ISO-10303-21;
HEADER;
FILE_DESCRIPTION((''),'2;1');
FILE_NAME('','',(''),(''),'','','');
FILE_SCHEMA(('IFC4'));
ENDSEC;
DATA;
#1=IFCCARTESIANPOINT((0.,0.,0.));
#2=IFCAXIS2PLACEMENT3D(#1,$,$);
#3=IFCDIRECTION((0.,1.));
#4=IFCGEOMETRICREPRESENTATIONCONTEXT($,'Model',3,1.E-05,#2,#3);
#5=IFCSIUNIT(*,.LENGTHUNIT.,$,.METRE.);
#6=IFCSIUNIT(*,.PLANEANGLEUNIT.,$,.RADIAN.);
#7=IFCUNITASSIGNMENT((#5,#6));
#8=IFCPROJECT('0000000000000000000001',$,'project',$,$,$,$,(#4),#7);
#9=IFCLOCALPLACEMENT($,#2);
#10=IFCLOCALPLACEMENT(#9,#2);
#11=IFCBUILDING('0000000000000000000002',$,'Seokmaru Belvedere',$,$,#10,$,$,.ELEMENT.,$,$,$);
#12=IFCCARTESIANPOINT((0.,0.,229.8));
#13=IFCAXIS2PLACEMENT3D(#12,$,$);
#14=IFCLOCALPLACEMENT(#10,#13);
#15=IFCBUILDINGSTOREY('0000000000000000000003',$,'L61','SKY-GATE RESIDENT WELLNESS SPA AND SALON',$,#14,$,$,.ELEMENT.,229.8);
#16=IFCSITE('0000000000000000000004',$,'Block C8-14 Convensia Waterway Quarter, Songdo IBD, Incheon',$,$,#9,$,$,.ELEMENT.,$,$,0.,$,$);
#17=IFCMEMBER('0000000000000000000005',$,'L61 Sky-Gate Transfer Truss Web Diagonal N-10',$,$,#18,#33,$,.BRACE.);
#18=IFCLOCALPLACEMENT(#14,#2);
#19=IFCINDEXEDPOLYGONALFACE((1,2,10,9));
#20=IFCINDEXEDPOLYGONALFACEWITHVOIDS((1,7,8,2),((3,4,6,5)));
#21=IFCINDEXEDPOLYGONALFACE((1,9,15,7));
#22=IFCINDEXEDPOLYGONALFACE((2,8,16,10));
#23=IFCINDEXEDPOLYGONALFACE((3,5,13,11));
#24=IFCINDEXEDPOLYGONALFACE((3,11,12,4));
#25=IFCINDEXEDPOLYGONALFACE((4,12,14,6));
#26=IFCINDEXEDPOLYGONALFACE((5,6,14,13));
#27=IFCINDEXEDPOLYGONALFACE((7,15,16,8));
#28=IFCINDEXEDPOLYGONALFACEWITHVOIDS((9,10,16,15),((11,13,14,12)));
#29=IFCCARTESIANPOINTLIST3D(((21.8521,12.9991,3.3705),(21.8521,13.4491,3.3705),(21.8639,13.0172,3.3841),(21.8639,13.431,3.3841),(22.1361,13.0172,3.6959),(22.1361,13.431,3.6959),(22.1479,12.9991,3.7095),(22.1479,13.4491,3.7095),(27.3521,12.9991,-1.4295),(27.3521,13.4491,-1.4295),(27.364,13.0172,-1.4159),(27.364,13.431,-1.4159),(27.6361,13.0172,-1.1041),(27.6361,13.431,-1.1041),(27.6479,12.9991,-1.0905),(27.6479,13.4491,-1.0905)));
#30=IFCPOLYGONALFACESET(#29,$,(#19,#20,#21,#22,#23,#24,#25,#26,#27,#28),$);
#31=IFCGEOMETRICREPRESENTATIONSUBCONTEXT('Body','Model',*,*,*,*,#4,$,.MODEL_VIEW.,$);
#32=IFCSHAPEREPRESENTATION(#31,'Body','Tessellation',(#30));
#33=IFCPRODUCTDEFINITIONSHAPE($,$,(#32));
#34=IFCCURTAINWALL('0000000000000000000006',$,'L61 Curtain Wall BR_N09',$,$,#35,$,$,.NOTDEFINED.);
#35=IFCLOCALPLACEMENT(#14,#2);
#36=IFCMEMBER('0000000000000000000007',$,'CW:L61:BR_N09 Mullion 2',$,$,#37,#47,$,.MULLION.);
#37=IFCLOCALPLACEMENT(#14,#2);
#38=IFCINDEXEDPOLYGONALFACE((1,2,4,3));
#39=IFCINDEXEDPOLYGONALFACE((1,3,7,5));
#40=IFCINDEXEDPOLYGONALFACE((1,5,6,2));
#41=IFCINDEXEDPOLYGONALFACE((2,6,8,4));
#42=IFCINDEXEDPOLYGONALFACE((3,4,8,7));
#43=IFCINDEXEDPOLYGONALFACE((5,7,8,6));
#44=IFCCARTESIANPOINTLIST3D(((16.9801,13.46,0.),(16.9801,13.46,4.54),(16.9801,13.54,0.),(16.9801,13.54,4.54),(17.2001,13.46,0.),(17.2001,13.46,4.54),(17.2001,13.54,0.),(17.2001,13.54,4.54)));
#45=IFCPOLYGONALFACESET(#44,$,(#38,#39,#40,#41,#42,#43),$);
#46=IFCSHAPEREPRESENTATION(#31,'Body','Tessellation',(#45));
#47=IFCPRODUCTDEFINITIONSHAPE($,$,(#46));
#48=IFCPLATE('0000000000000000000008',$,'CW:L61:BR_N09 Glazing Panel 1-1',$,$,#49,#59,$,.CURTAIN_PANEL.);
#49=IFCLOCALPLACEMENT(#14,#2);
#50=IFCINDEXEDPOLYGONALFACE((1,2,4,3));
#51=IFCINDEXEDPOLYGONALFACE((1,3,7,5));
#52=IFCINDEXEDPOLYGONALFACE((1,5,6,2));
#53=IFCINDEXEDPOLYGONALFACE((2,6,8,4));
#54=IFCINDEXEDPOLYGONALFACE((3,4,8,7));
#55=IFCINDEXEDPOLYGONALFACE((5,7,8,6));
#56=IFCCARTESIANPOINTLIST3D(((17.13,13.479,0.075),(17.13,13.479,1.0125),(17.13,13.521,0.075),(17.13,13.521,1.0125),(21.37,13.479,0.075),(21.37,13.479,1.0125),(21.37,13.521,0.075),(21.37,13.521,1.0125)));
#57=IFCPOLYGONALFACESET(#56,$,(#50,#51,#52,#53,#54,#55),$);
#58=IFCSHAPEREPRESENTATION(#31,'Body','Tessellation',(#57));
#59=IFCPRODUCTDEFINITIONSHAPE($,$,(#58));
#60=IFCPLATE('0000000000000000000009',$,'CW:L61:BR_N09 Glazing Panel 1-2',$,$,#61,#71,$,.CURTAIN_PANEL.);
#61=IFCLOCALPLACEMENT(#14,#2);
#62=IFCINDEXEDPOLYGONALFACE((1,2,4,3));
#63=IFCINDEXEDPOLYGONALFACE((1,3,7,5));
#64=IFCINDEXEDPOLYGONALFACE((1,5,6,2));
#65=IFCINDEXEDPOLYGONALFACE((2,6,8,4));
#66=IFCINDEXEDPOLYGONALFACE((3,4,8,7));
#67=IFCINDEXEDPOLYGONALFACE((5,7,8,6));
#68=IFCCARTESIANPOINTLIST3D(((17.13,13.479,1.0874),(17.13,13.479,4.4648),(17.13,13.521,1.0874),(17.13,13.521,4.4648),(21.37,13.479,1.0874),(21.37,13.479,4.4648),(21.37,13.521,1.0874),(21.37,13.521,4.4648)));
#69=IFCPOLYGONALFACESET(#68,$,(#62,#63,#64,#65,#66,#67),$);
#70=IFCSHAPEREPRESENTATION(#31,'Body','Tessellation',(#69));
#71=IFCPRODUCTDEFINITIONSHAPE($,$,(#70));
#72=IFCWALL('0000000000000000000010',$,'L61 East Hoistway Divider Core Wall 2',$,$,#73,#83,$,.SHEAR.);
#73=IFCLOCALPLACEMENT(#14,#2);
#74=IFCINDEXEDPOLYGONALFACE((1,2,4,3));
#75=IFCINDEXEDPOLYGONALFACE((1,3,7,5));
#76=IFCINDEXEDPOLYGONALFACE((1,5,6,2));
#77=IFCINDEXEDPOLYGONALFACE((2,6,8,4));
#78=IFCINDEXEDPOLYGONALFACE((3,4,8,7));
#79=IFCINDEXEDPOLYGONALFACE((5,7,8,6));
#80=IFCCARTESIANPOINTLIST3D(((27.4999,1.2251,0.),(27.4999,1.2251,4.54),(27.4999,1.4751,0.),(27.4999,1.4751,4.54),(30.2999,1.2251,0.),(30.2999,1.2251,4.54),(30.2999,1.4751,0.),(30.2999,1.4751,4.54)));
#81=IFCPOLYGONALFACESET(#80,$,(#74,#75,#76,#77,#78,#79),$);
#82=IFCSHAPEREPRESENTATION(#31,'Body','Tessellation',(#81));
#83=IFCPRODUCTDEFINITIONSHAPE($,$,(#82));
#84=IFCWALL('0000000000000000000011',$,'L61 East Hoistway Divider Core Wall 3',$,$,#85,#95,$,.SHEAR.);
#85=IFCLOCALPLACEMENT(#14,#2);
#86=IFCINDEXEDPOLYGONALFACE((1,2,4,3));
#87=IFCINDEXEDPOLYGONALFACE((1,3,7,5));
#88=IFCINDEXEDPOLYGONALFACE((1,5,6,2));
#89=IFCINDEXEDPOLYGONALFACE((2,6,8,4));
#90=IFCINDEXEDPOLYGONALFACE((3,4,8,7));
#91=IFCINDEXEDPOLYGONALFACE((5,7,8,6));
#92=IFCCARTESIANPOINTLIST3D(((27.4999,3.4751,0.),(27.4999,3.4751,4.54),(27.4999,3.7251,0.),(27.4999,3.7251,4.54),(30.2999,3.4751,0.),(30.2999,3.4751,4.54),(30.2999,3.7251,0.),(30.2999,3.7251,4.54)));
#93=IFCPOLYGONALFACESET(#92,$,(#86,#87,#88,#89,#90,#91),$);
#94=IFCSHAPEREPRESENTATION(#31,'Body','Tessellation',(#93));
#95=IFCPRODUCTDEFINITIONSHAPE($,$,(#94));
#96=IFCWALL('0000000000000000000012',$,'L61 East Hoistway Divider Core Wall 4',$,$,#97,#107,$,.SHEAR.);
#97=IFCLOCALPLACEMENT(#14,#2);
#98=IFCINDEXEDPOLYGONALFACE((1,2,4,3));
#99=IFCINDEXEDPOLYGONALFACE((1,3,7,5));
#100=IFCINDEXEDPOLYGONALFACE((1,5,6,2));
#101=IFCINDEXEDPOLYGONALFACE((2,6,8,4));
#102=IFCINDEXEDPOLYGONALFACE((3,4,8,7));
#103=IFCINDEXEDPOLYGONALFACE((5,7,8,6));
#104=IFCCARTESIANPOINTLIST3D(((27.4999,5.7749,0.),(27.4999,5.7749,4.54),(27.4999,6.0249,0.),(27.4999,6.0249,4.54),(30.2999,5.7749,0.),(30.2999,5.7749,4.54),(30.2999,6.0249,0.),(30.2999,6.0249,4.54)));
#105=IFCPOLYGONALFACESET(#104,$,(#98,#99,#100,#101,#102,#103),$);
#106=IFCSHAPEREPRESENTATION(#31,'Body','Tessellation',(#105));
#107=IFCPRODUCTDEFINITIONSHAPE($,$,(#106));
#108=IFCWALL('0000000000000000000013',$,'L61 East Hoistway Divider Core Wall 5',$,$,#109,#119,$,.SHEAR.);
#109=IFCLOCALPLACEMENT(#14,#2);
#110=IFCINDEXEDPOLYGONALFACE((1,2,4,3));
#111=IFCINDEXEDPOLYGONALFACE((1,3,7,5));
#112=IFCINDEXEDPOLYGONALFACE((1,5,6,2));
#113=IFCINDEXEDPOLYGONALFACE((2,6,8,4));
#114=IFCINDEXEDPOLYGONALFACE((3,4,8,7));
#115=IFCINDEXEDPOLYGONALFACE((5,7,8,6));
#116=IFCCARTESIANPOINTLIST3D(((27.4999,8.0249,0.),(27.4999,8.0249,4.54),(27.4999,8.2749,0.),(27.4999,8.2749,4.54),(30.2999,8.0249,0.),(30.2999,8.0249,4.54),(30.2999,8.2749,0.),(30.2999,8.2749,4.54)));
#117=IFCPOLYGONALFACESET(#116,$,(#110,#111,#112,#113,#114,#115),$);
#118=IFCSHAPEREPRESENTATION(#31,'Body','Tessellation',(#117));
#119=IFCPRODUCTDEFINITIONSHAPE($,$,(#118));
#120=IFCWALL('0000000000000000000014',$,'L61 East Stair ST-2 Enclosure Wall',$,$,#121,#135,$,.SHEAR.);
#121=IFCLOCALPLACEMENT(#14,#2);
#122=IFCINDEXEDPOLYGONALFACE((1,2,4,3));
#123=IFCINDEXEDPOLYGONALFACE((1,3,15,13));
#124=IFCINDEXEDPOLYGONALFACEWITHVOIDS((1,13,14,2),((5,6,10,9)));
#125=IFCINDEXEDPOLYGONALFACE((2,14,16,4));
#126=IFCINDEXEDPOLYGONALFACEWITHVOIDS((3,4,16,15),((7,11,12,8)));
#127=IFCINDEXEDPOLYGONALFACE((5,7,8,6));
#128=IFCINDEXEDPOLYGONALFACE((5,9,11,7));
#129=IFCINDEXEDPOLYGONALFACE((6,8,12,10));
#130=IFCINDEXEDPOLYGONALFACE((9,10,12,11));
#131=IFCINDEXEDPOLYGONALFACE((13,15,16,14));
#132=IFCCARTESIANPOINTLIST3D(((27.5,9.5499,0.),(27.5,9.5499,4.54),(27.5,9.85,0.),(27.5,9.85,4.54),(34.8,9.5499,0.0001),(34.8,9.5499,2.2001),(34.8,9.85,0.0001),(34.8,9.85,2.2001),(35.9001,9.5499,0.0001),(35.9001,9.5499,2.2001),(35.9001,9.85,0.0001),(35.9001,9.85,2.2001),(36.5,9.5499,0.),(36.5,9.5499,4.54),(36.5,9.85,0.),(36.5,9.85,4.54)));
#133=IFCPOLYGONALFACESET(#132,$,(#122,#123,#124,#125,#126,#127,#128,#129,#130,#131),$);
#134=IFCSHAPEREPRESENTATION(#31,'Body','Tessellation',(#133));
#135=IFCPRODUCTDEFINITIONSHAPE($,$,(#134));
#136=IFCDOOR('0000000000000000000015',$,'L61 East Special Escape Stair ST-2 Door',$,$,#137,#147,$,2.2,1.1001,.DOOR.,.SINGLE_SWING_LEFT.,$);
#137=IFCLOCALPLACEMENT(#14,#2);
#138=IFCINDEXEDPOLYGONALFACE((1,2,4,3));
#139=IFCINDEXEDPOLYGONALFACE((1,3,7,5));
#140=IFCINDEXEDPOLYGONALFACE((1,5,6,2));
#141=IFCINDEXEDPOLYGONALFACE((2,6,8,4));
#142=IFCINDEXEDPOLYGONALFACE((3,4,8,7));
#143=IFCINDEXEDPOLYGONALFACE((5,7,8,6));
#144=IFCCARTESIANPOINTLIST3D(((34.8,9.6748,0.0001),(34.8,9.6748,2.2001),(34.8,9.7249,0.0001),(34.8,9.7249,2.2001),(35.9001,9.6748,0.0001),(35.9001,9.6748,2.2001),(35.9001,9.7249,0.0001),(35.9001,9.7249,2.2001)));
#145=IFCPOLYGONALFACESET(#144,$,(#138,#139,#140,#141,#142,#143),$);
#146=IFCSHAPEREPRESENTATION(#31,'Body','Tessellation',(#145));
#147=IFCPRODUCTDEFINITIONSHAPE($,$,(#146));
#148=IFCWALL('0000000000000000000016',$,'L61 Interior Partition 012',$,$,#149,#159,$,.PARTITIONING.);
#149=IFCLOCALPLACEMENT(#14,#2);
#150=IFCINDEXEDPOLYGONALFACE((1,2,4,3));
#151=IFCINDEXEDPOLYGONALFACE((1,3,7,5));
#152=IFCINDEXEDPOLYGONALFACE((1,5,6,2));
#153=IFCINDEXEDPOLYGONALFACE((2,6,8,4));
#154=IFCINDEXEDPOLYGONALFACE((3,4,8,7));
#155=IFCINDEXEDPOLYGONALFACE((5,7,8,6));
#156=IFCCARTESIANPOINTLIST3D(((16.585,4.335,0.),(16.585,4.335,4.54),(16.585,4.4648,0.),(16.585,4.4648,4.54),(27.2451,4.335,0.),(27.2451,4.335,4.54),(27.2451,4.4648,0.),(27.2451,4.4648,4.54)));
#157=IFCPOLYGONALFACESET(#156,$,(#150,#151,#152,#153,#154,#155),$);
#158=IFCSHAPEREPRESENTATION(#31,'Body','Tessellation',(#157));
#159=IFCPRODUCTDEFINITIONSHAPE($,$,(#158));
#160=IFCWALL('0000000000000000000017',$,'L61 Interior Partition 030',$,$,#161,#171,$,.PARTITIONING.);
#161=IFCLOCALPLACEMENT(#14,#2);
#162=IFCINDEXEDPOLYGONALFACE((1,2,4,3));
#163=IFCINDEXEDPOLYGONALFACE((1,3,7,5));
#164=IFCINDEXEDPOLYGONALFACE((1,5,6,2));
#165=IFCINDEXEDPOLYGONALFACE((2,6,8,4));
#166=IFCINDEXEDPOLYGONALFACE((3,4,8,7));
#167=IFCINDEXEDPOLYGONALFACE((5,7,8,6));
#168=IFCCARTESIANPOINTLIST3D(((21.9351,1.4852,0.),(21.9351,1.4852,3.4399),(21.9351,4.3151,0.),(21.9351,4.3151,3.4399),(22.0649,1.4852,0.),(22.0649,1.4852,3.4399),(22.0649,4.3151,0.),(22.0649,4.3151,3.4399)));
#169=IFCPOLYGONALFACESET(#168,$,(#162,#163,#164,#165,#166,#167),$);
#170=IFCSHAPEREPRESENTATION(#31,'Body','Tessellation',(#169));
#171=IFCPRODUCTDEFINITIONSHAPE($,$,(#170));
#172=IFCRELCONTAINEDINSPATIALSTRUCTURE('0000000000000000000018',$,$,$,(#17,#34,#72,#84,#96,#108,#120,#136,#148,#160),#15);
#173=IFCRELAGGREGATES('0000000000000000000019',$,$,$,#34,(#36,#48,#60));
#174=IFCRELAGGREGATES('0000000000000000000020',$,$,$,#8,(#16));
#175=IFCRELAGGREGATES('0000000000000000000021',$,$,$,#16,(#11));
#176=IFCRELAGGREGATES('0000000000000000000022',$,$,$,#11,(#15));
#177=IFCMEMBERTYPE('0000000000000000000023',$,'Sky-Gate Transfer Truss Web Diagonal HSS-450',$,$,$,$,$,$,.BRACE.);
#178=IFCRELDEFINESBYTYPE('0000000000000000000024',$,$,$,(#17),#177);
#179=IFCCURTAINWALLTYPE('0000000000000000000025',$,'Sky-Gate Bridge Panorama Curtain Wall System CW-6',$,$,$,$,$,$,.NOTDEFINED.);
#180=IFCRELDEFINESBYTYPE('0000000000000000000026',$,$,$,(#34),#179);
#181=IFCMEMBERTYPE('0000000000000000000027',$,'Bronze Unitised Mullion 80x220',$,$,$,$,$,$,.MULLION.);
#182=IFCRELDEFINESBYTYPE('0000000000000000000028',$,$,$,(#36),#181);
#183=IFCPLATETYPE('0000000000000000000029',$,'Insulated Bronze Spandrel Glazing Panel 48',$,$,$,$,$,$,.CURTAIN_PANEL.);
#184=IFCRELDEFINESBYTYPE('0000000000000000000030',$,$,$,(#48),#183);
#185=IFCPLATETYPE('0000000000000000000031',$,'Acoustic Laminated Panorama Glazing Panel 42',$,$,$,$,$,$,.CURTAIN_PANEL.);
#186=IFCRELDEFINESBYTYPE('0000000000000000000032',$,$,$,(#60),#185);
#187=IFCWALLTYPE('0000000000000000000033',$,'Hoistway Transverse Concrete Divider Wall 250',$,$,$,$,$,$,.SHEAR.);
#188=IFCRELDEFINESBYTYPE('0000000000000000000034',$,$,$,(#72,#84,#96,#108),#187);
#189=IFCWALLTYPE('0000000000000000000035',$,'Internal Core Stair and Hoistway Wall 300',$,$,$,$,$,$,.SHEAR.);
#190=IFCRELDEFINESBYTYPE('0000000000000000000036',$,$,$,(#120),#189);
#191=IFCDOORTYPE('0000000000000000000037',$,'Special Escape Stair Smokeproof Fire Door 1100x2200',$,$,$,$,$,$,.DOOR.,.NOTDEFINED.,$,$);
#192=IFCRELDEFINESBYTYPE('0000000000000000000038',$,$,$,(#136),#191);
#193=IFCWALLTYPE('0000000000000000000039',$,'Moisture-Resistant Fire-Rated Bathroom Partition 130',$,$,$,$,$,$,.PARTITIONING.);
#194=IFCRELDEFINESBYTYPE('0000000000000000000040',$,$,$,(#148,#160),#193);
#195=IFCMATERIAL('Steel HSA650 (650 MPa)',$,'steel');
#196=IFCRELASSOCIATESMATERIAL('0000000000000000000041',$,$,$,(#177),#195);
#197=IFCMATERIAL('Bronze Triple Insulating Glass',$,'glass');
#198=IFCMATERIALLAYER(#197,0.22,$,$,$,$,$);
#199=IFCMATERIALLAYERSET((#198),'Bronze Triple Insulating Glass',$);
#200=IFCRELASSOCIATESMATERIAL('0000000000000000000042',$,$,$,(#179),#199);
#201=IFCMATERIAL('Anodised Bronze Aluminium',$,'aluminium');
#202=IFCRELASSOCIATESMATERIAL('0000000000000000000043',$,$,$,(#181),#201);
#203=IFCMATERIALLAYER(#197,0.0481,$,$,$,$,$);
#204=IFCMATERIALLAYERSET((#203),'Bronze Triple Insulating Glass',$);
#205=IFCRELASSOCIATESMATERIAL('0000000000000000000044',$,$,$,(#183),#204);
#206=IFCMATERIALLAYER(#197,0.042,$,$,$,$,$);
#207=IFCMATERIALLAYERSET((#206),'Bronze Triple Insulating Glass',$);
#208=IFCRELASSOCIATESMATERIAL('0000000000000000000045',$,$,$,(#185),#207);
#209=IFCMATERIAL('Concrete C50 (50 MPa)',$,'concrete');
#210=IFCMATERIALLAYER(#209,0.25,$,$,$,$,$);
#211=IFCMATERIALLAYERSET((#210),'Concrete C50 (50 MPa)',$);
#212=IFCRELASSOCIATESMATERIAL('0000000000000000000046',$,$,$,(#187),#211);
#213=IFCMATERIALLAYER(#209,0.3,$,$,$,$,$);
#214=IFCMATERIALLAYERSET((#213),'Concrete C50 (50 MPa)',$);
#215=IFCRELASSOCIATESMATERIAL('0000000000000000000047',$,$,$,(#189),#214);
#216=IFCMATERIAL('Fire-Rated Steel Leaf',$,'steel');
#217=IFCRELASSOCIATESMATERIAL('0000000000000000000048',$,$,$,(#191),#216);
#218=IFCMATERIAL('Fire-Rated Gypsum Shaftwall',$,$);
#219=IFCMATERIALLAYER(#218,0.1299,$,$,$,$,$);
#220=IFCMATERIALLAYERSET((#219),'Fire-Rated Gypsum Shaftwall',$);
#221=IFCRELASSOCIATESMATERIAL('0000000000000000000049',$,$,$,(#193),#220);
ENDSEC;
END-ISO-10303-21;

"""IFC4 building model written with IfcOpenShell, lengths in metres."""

from ifc_helpers import new_model, si_unit, direction, frame, frame_2d, origin, origin_2d, place, context, subcontext, project, spatial, rectangle, hollow_rectangle, extrude, source, transform, mapped, material, layer, layer_set, material_profile, profile_set, type_object, type_shapes, element, fill, aggregate, save


model = new_model("IFC4")

# Units and contexts
model_context = context("Model", 3, precision=1e-05, world=origin(), true_north=direction((0.0, 1.0)))
body_context = subcontext(model_context, "Body", "Model", "MODEL_VIEW")
ifc_project = project(units=[si_unit("LENGTHUNIT", "METRE"), si_unit("PLANEANGLEUNIT", "RADIAN")], contexts=[model_context])

# Site, building, storey
site_placement = place(None, origin())
site = spatial("IfcSite", under=ifc_project, at=site_placement, Name="Block C8-14 Convensia Waterway Quarter, Songdo IBD, Incheon", CompositionType="ELEMENT", RefElevation=0.0)
building_placement = place(site_placement, origin())
building = spatial("IfcBuilding", under=site, at=building_placement, Name="Seokmaru Belvedere", CompositionType="ELEMENT")
storey_placement = place(building_placement, frame((0.0, 0.0, 229.8)))
storey = spatial("IfcBuildingStorey", under=building, at=storey_placement, Name="L61", Description="SKY-GATE RESIDENT WELLNESS SPA AND SALON", CompositionType="ELEMENT", Elevation=229.8)

# Shared definitions
ifc_material_1 = material(Name="Steel HSA650 (650 MPa)", Category="steel")

# Member
ifc_material_profile_1 = material_profile(ifc_material_1, hollow_rectangle(XDim=0.45, YDim=0.45, WallThickness=0.0181, at=origin_2d()), Name="HSS-450x450x18")
ifc_profile_set_1 = profile_set([ifc_material_profile_1], Name="Steel HSA650 (650 MPa)")
member_type_1 = type_object("IfcMemberType", Name="Sky-Gate Transfer Truss Web Diagonal HSS-450", PredefinedType="BRACE", material=ifc_profile_set_1)
shared_shape_1 = source(origin(), body_context, "Body", "SweptSolid", [
    extrude(hollow_rectangle(XDim=0.45, YDim=0.45, WallThickness=0.0181, at=origin_2d()), origin(), (0.0, 0.0, 1.0), 7.3),
])
type_shapes(member_type_1, [shared_shape_1])
member_1_placement = place(storey_placement, frame((22.0, 13.2241, 3.54), z_axis=(0.753421, 0.0, -0.657538), x_axis=(0.0, 1.0, 0.0)))
element("IfcMember", 1, at=member_1_placement, inside=storey, type_object=member_type_1, Name="L61 Sky-Gate Transfer Truss Web Diagonal N-10", PredefinedType="BRACE", context=body_context, shape_type="MappedRepresentation", body=[
    mapped(shared_shape_1, transform((0.0, 0.0, 0.0), scale=1.0)),
])

# Curtain wall, member, plates
ifc_material_2 = material(Name="Bronze Triple Insulating Glass", Category="glass")
ifc_layer_1 = layer(ifc_material_2, 0.22)
ifc_layer_set_1 = layer_set([ifc_layer_1], Name="Bronze Triple Insulating Glass")
curtain_wall_type = type_object("IfcCurtainWallType", Name="Sky-Gate Bridge Panorama Curtain Wall System CW-6", PredefinedType="NOTDEFINED", material=ifc_layer_set_1)
curtain_wall_placement = place(storey_placement, origin())
curtain_wall = element("IfcCurtainWall", 2, at=curtain_wall_placement, inside=storey, type_object=curtain_wall_type, Name="L61 Curtain Wall BR_N09", PredefinedType="NOTDEFINED")
ifc_material_3 = material(Name="Anodised Bronze Aluminium", Category="aluminium")
ifc_material_profile_2 = material_profile(ifc_material_3, rectangle(XDim=0.0801, YDim=0.22, at=origin_2d()), Name="CW-M-80x220")
ifc_profile_set_2 = profile_set([ifc_material_profile_2], Name="Anodised Bronze Aluminium")
member_type_2 = type_object("IfcMemberType", Name="Bronze Unitised Mullion 80x220", PredefinedType="MULLION", material=ifc_profile_set_2)
shared_shape_2 = source(origin(), body_context, "Body", "SweptSolid", [
    extrude(rectangle(XDim=0.0801, YDim=0.22, at=origin_2d()), origin(), (0.0, 0.0, 1.0), 4.54),
])
type_shapes(member_type_2, [shared_shape_2])
member_2_placement = place(storey_placement, frame((17.0901, 13.5, 0.0), z_axis=(0.0, 0.0, 1.0), x_axis=(0.0, -1.0, 0.0)))
member_2 = element("IfcMember", 3, at=member_2_placement, type_object=member_type_2, Name="CW:L61:BR_N09 Mullion 2", PredefinedType="MULLION", context=body_context, shape_type="MappedRepresentation", body=[
    mapped(shared_shape_2, transform((0.0, 0.0, 0.0), scale=1.0)),
])
ifc_layer_2 = layer(ifc_material_2, 0.0481)
ifc_layer_set_2 = layer_set([ifc_layer_2], Name="Bronze Triple Insulating Glass")
plate_type_1 = type_object("IfcPlateType", Name="Insulated Bronze Spandrel Glazing Panel 48", PredefinedType="CURTAIN_PANEL", material=ifc_layer_set_2)
shared_shape_3 = source(origin(), body_context, "Body", "SweptSolid", [
    extrude(rectangle(XDim=4.24, YDim=0.042, at=origin_2d()), origin(), (0.0, 0.0, 1.0), 0.9375),
])
type_shapes(plate_type_1, [shared_shape_3])
plate_1_placement = place(storey_placement, frame((19.25, 13.5, 0.075), z_axis=(0.0, 0.0, 1.0), x_axis=(-1.0, 0.0, 0.0)))
plate_1 = element("IfcPlate", 4, at=plate_1_placement, type_object=plate_type_1, Name="CW:L61:BR_N09 Glazing Panel 1-1", PredefinedType="CURTAIN_PANEL", context=body_context, shape_type="MappedRepresentation", body=[
    mapped(shared_shape_3, transform((0.0, 0.0, 0.0), scale=1.0)),
])
ifc_layer_3 = layer(ifc_material_2, 0.042)
ifc_layer_set_3 = layer_set([ifc_layer_3], Name="Bronze Triple Insulating Glass")
plate_type_2 = type_object("IfcPlateType", Name="Acoustic Laminated Panorama Glazing Panel 42", PredefinedType="CURTAIN_PANEL", material=ifc_layer_set_3)
shared_shape_4 = source(origin(), body_context, "Body", "SweptSolid", [
    extrude(rectangle(XDim=4.24, YDim=0.042, at=origin_2d()), origin(), (0.0, 0.0, 1.0), 3.3774),
])
type_shapes(plate_type_2, [shared_shape_4])
plate_2_placement = place(storey_placement, frame((19.25, 13.5, 1.0874), z_axis=(0.0, 0.0, 1.0), x_axis=(-1.0, 0.0, 0.0)))
plate_2 = element("IfcPlate", 5, at=plate_2_placement, type_object=plate_type_2, Name="CW:L61:BR_N09 Glazing Panel 1-2", PredefinedType="CURTAIN_PANEL", context=body_context, shape_type="MappedRepresentation", body=[
    mapped(shared_shape_4, transform((0.0, 0.0, 0.0), scale=1.0)),
])
aggregate(curtain_wall, [member_2, plate_1, plate_2])

# Walls
ifc_material_4 = material(Name="Concrete C50 (50 MPa)", Category="concrete")
ifc_layer_4 = layer(ifc_material_4, 0.25)
ifc_layer_set_4 = layer_set([ifc_layer_4], Name="Concrete C50 (50 MPa)")
wall_type_1 = type_object("IfcWallType", Name="Hoistway Transverse Concrete Divider Wall 250", PredefinedType="SHEAR", material=ifc_layer_set_4)
for number, where, z_axis, x_axis, name in (
    (6, (27.5, 1.3501, 0.0), (0.0, 0.0, 1.0), (1.0, 0.0, 0.0), "L61 East Hoistway Divider Core Wall 2"),
    (7, (27.5, 3.6001, 0.0), (0.0, 0.0, 1.0), (1.0, 0.0, 0.0), "L61 East Hoistway Divider Core Wall 3"),
    (8, (27.5, 5.8999, 0.0), (0.0, 0.0, 1.0), (1.0, 0.0, 0.0), "L61 East Hoistway Divider Core Wall 4"),
    (9, (27.5, 8.1499, 0.0), (0.0, 0.0, 1.0), (1.0, 0.0, 0.0), "L61 East Hoistway Divider Core Wall 5"),
):
    element("IfcWall", number, at=place(storey_placement, frame(where, z_axis=z_axis, x_axis=x_axis)), inside=storey, type_object=wall_type_1, Name=name, PredefinedType="SHEAR", context=body_context, shape_type="SweptSolid", body=[
        extrude(rectangle(XDim=2.8, YDim=0.25, at=frame_2d((1.3999, 0.0))), origin(), (0.0, 0.0, 1.0), 4.54),
    ])

# Wall, opening, door
ifc_layer_5 = layer(ifc_material_4, 0.3)
ifc_layer_set_5 = layer_set([ifc_layer_5], Name="Concrete C50 (50 MPa)")
wall_type_2 = type_object("IfcWallType", Name="Internal Core Stair and Hoistway Wall 300", PredefinedType="SHEAR", material=ifc_layer_set_5)
wall_1_placement = place(storey_placement, frame((27.5, 9.7, 0.0), z_axis=(0.0, 0.0, 1.0), x_axis=(1.0, 0.0, 0.0)))
wall_1 = element("IfcWall", 10, at=wall_1_placement, inside=storey, type_object=wall_type_2, Name="L61 East Stair ST-2 Enclosure Wall", PredefinedType="SHEAR", context=body_context, shape_type="SweptSolid", body=[
    extrude(rectangle(XDim=9.0, YDim=0.3, at=frame_2d((4.5, 0.0))), origin(), (0.0, 0.0, 1.0), 4.54),
])
opening_placement = place(wall_1_placement, frame((7.3, 0.0, 0.0)))
opening = element("IfcOpeningElement", 11, at=opening_placement, cuts=wall_1, PredefinedType="OPENING", context=body_context, shape_type="SweptSolid", body=[
    extrude(rectangle(XDim=1.1001, YDim=2.2, at=frame_2d((0.55, 1.1001))), frame((0.0, 0.1602, 0.0), z_axis=(0.0, -1.0, 0.0), x_axis=(1.0, 0.0, 0.0)), (0.0, 0.0, 1.0), 0.3201),
])
ifc_material_5 = material(Name="Fire-Rated Steel Leaf", Category="steel")
door_type = type_object("IfcDoorType", Name="Special Escape Stair Smokeproof Fire Door 1100x2200", OperationType="NOTDEFINED", PredefinedType="DOOR", material=ifc_material_5)
shared_shape_5 = source(origin(), body_context, "Body", "SweptSolid", [
    extrude(rectangle(XDim=1.1001, YDim=2.2, at=frame_2d((0.55, 1.1001))), frame((0.0, 0.0249, 0.0), z_axis=(0.0, -1.0, 0.0), x_axis=(1.0, 0.0, 0.0)), (0.0, 0.0, 1.0), 0.05),
])
type_shapes(door_type, [shared_shape_5])
door_placement = place(opening_placement, origin())
door = element("IfcDoor", 12, at=door_placement, inside=storey, type_object=door_type, Name="L61 East Special Escape Stair ST-2 Door", OperationType="SINGLE_SWING_LEFT", OverallHeight=2.2, OverallWidth=1.1001, PredefinedType="DOOR", context=body_context, shape_type="MappedRepresentation", body=[
    mapped(shared_shape_5, transform((0.0, 0.0, 0.0), scale=1.0)),
])
fill(opening, door)

# Walls
ifc_material_6 = material(Name="Fire-Rated Gypsum Shaftwall")
ifc_layer_6 = layer(ifc_material_6, 0.1299)
ifc_layer_set_6 = layer_set([ifc_layer_6], Name="Fire-Rated Gypsum Shaftwall")
wall_type_3 = type_object("IfcWallType", Name="Moisture-Resistant Fire-Rated Bathroom Partition 130", PredefinedType="PARTITIONING", material=ifc_layer_set_6)
wall_2_placement = place(storey_placement, frame((16.585, 4.3999, 0.0), z_axis=(0.0, 0.0, 1.0), x_axis=(1.0, 0.0, 0.0)))
element("IfcWall", 13, at=wall_2_placement, inside=storey, type_object=wall_type_3, Name="L61 Interior Partition 012", PredefinedType="PARTITIONING", context=body_context, shape_type="SweptSolid", body=[
    extrude(rectangle(XDim=10.6602, YDim=0.1299, at=frame_2d((5.3301, 0.0))), origin(), (0.0, 0.0, 1.0), 4.54),
])
wall_3_placement = place(storey_placement, frame((22.0, 1.4851, 0.0), z_axis=(0.0, 0.0, 1.0), x_axis=(0.0, 1.0, 0.0)))
element("IfcWall", 14, at=wall_3_placement, inside=storey, type_object=wall_type_3, Name="L61 Interior Partition 030", PredefinedType="PARTITIONING", context=body_context, shape_type="SweptSolid", body=[
    extrude(rectangle(XDim=2.8298, YDim=0.1299, at=frame_2d((1.415, 0.0))), origin(), (0.0, 0.0, 1.0), 3.4399),
])

save(model, "model.ifc")
